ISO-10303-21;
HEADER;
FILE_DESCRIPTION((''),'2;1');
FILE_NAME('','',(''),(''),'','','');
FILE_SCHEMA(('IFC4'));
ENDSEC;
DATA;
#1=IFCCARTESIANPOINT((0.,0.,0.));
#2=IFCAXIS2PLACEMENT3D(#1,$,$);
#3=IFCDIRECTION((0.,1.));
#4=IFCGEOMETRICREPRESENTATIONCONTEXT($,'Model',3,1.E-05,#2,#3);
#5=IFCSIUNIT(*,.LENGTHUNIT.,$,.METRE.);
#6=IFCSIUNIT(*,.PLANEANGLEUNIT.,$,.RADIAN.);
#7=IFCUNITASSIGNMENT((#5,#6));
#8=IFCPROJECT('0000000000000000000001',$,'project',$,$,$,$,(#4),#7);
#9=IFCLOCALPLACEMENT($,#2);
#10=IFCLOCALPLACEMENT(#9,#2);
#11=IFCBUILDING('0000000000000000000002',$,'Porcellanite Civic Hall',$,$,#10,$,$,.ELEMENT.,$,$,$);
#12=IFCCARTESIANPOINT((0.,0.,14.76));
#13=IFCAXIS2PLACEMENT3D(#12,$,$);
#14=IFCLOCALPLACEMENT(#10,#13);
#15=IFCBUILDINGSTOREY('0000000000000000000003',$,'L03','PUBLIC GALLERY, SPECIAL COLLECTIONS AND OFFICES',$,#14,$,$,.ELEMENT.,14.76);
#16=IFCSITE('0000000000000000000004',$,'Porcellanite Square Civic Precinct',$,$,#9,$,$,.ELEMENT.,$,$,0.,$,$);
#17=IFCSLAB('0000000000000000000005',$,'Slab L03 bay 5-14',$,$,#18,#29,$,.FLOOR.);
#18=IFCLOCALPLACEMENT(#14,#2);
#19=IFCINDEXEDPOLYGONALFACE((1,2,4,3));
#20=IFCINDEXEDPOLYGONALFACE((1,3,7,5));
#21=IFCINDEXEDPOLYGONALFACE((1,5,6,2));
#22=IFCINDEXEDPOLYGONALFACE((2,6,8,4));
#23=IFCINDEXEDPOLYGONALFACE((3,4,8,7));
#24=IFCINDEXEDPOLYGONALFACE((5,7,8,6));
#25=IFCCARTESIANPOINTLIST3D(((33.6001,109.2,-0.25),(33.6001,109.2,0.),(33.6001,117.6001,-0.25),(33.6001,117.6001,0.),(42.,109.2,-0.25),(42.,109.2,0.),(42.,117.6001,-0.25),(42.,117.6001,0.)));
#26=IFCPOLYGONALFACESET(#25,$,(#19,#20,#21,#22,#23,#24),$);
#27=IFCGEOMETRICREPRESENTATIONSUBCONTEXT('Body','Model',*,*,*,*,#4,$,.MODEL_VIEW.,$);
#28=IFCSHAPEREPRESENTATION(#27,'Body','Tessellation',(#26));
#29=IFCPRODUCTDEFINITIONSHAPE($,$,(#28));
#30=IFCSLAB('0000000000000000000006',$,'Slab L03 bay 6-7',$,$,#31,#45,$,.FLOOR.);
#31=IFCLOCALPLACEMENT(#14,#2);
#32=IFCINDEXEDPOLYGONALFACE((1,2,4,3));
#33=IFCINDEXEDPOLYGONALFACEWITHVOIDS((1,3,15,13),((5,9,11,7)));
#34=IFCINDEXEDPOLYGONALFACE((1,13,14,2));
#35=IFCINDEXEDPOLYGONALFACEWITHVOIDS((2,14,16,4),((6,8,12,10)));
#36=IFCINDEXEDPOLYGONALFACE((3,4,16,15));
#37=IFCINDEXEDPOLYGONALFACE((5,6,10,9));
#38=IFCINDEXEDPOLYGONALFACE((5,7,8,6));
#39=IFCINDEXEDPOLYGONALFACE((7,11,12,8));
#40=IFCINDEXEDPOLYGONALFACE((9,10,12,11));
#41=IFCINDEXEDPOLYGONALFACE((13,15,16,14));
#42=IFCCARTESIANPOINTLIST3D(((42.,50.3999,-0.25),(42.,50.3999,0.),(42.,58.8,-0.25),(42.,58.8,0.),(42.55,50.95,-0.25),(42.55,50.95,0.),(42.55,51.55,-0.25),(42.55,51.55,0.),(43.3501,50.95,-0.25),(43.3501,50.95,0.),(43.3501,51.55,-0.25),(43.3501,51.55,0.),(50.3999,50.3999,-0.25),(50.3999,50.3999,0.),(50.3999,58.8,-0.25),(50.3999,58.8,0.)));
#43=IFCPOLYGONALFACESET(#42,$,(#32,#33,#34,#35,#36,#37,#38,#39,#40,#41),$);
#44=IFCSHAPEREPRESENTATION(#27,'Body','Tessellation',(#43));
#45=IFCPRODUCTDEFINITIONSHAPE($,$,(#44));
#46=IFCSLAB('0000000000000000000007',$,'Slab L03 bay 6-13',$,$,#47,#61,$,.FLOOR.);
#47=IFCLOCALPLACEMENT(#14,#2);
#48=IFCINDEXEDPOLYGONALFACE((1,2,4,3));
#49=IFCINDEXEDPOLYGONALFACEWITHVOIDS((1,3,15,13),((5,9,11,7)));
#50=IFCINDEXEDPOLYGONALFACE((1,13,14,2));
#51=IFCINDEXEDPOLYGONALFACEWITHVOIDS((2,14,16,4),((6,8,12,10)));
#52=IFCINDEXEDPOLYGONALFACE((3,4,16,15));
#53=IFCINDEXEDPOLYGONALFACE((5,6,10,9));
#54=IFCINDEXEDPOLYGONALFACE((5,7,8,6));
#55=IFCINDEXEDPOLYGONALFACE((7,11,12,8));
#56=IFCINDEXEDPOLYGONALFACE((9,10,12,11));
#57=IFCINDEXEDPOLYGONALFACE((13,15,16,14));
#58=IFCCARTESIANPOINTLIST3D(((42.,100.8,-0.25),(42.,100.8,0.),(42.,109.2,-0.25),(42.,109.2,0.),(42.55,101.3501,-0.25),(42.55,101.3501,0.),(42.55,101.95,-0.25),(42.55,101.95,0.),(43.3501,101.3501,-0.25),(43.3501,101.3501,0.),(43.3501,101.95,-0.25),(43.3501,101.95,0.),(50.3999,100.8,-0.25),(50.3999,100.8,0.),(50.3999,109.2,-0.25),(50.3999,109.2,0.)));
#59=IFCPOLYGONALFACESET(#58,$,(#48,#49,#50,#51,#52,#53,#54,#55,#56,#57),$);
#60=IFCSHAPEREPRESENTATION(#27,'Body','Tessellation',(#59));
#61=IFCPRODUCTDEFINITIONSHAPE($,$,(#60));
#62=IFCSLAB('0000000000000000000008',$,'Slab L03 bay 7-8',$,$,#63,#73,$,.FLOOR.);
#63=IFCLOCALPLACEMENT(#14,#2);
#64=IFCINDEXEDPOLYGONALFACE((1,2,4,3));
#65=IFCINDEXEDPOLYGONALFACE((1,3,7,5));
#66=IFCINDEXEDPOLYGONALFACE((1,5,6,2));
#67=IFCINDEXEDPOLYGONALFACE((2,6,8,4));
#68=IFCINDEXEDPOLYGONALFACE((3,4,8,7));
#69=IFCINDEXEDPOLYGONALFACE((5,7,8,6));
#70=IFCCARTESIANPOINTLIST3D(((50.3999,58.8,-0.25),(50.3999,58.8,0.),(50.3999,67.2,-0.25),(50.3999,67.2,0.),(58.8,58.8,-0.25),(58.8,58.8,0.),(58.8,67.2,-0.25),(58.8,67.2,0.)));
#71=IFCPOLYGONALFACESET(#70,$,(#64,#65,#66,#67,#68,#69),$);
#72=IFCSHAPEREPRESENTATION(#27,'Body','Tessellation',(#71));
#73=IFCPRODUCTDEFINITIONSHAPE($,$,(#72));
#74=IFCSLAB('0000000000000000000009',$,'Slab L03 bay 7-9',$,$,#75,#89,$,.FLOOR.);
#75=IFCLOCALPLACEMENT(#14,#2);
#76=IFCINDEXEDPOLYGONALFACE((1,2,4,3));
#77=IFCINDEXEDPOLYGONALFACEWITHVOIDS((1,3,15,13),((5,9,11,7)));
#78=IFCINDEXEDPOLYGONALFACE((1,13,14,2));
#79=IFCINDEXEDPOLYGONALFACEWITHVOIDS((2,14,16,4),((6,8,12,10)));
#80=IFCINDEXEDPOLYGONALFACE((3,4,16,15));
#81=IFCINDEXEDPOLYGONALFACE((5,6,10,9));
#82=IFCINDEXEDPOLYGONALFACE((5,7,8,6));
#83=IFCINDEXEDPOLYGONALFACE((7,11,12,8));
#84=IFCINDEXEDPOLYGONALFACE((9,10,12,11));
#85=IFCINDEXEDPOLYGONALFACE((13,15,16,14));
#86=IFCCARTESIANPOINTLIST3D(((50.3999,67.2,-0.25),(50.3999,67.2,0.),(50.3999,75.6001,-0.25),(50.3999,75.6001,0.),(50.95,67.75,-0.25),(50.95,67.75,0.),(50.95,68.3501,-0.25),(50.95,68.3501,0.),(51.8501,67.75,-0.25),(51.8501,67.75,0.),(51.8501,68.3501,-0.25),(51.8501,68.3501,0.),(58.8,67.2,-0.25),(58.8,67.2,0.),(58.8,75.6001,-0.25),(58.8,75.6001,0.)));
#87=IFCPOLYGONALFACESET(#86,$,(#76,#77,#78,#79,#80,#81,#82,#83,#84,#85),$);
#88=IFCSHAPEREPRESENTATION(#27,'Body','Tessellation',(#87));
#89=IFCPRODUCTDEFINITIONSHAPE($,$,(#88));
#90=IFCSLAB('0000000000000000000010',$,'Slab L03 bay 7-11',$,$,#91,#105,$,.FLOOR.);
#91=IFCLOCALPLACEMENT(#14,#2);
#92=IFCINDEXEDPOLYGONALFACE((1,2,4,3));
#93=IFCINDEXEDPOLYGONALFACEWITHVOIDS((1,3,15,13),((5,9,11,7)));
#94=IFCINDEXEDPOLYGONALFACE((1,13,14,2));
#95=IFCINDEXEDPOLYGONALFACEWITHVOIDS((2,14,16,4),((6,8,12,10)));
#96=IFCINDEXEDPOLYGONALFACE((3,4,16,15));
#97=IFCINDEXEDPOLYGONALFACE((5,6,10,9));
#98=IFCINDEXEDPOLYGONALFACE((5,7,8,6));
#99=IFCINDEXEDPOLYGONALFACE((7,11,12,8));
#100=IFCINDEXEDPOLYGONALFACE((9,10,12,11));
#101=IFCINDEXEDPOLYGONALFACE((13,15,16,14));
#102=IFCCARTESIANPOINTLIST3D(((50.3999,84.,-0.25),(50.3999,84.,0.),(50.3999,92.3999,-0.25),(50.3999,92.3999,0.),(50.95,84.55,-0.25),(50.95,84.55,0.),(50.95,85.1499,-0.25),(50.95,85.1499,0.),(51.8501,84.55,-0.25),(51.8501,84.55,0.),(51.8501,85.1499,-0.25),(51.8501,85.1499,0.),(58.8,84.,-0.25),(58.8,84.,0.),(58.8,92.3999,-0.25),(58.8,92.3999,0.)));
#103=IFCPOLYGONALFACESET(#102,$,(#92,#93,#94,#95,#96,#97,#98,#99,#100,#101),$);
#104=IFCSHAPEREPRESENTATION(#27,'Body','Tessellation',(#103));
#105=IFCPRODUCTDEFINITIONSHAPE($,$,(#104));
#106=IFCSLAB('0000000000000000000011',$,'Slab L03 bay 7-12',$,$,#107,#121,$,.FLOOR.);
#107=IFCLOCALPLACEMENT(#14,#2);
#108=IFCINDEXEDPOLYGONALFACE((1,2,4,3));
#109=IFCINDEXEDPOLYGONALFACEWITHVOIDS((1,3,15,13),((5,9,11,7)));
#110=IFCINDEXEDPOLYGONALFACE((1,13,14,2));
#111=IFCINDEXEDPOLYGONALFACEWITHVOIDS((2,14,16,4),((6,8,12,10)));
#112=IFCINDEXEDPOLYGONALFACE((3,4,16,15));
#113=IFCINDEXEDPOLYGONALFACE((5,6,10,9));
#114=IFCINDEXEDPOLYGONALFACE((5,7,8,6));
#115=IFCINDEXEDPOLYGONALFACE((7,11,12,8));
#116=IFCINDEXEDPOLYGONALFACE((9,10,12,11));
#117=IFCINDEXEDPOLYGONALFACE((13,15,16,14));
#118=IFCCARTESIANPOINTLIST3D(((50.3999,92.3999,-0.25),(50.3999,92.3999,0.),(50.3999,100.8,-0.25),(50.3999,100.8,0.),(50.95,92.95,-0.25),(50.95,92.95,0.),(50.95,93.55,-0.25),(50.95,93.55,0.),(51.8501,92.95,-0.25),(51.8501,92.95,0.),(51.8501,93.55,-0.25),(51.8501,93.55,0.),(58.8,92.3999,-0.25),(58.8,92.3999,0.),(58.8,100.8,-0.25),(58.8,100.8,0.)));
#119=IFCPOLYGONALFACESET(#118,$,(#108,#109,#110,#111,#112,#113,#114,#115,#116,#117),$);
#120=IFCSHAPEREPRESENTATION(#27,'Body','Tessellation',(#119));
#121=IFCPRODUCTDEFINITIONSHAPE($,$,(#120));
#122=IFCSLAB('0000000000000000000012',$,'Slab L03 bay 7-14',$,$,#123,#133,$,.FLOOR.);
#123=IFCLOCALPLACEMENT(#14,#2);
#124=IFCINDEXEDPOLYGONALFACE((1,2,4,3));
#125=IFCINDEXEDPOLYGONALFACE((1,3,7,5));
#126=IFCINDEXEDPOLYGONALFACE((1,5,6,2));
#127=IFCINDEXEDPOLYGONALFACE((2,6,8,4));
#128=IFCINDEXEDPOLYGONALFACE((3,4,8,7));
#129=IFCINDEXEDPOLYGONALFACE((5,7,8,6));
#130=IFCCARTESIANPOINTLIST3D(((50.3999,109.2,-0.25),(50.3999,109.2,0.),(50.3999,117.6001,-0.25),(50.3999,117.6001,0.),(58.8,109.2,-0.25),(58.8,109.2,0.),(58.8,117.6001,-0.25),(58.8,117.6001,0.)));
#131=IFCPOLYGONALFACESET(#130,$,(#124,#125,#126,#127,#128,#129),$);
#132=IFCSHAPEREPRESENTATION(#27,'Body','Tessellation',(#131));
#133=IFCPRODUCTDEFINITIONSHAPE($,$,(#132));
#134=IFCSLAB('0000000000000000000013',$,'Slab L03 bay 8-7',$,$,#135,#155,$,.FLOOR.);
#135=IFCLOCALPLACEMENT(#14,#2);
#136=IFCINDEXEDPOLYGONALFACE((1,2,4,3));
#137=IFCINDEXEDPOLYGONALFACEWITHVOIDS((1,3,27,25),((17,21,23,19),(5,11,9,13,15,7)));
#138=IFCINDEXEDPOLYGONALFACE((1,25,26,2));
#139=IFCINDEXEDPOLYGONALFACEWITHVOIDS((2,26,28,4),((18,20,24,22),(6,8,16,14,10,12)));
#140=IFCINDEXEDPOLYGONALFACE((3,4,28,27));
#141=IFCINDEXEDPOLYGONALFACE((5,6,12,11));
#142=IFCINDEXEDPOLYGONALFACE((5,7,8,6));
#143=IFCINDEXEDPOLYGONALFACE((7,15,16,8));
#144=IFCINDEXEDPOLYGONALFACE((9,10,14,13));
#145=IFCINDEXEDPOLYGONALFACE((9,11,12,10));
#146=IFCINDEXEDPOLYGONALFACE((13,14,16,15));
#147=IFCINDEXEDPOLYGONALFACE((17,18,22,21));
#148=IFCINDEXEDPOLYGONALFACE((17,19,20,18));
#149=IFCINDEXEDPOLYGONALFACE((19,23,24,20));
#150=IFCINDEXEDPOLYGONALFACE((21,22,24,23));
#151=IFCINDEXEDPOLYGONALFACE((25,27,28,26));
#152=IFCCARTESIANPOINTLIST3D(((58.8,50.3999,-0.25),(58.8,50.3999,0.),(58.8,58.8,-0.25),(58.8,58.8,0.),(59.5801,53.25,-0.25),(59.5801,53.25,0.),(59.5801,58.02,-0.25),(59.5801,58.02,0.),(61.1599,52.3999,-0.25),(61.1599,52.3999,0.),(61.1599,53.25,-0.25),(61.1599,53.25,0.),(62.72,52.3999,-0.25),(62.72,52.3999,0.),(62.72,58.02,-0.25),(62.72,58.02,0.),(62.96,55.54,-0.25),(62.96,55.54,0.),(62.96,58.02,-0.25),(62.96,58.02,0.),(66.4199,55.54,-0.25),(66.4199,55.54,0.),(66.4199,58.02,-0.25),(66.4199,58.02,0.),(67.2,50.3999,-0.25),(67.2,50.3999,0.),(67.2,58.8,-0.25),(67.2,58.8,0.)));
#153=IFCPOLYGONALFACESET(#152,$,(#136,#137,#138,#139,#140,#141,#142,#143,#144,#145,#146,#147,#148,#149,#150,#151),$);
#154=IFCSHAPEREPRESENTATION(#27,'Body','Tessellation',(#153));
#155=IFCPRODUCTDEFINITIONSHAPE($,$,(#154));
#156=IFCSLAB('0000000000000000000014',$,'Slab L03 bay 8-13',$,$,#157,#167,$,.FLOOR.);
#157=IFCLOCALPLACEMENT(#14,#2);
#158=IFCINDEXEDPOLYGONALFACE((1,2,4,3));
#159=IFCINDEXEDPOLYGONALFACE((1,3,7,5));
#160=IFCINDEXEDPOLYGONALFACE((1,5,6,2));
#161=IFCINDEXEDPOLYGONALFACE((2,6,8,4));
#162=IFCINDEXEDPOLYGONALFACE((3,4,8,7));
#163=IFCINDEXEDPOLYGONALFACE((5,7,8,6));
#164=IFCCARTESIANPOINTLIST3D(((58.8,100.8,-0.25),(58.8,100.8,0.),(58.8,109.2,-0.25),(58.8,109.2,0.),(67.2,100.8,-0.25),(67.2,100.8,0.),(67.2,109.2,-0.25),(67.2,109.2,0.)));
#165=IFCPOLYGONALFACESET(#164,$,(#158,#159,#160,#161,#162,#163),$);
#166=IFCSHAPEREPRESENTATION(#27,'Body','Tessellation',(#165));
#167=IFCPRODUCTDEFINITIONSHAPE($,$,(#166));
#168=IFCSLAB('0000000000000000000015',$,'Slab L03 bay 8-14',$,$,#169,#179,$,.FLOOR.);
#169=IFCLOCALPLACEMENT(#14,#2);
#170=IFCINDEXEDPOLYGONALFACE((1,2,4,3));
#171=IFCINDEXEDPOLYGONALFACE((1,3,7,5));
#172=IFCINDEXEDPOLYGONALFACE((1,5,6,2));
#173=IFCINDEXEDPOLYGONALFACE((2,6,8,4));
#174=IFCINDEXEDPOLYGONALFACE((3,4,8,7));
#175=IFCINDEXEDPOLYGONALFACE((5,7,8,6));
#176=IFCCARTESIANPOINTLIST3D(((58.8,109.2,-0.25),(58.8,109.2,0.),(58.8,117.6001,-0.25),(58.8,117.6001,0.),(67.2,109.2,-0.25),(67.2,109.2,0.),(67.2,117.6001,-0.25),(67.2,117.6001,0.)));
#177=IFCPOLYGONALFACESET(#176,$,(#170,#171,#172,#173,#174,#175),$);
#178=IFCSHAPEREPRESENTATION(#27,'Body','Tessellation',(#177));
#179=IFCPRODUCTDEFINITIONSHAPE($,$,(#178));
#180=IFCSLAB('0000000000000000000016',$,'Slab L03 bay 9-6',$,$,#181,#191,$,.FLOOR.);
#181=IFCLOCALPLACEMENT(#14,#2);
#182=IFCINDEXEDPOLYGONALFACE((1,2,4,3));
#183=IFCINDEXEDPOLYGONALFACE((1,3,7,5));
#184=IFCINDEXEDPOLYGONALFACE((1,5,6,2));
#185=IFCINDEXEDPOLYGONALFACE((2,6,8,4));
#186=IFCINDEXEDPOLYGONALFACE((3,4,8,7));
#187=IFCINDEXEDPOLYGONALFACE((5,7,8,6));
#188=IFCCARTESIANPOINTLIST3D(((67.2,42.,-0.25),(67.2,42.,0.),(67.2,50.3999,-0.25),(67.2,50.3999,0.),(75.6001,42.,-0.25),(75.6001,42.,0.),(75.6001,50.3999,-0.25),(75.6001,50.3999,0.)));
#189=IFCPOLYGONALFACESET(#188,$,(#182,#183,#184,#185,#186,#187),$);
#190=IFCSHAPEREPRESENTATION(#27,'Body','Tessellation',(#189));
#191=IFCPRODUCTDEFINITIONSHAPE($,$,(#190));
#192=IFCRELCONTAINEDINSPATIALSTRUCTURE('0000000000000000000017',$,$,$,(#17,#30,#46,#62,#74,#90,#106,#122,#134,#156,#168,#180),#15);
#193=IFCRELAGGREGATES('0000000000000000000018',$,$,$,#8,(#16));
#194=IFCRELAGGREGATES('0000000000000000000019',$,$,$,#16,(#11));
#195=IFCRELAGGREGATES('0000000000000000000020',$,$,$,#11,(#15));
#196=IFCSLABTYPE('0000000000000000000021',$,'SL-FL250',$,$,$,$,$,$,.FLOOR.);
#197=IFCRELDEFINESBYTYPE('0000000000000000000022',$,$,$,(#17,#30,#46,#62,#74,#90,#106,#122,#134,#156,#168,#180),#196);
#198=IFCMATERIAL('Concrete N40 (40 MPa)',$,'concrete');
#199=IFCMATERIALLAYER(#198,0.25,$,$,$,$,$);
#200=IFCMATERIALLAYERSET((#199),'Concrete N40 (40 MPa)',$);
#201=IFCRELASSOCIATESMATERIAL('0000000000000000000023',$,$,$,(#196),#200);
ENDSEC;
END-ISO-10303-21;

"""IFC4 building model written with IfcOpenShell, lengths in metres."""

from ifc_helpers import new_model, si_unit, direction, frame, origin, place, context, subcontext, project, spatial, polyline, outline, extrude, material, layer, layer_set, type_object, element, save


model = new_model("IFC4")

# Units and contexts
model_context = context("Model", 3, precision=1e-05, world=origin(), true_north=direction((0.0, 1.0)))
body_context = subcontext(model_context, "Body", "Model", "MODEL_VIEW")
ifc_project = project(units=[si_unit("LENGTHUNIT", "METRE"), si_unit("PLANEANGLEUNIT", "RADIAN")], contexts=[model_context])

# Site, building, storey
site_placement = place(None, origin())
site = spatial("IfcSite", under=ifc_project, at=site_placement, Name="Porcellanite Square Civic Precinct", CompositionType="ELEMENT", RefElevation=0.0)
building_placement = place(site_placement, origin())
building = spatial("IfcBuilding", under=site, at=building_placement, Name="Porcellanite Civic Hall", CompositionType="ELEMENT")
storey_placement = place(building_placement, frame((0.0, 0.0, 14.76)))
storey = spatial("IfcBuildingStorey", under=building, at=storey_placement, Name="L03", Description="PUBLIC GALLERY, SPECIAL COLLECTIONS AND OFFICES", CompositionType="ELEMENT", Elevation=14.76)

# Slabs
ifc_material = material(Name="Concrete N40 (40 MPa)", Category="concrete")
ifc_layer = layer(ifc_material, 0.25)
ifc_layer_set = layer_set([ifc_layer], Name="Concrete N40 (40 MPa)")
slab_type = type_object("IfcSlabType", Name="SL-FL250", PredefinedType="FLOOR", material=ifc_layer_set)
slab_1_placement = place(storey_placement, frame((0.0, 0.0, -0.25)))
element("IfcSlab", 1, at=slab_1_placement, inside=storey, type_object=slab_type, Name="Slab L03 bay 5-14", PredefinedType="FLOOR", context=body_context, shape_type="SweptSolid", body=[
    extrude(outline(polyline([(33.6001, 109.2), (42.0, 109.2), (42.0, 117.6001), (33.6001, 117.6001), (33.6001, 109.2)])), origin(), (0.0, 0.0, 1.0), 0.25),
])
slab_2_placement = place(storey_placement, frame((0.0, 0.0, -0.25)))
element("IfcSlab", 2, at=slab_2_placement, inside=storey, type_object=slab_type, Name="Slab L03 bay 6-7", PredefinedType="FLOOR", context=body_context, shape_type="SweptSolid", body=[
    extrude(outline(polyline([(42.0, 50.3999), (50.3999, 50.3999), (50.3999, 58.8), (42.0, 58.8), (42.0, 50.3999)]), holes=[polyline([(42.55, 50.95), (43.3501, 50.95), (43.3501, 51.55), (42.55, 51.55), (42.55, 50.95)])]), origin(), (0.0, 0.0, 1.0), 0.25),
])
slab_3_placement = place(storey_placement, frame((0.0, 0.0, -0.25)))
element("IfcSlab", 3, at=slab_3_placement, inside=storey, type_object=slab_type, Name="Slab L03 bay 6-13", PredefinedType="FLOOR", context=body_context, shape_type="SweptSolid", body=[
    extrude(outline(polyline([(42.0, 100.8), (50.3999, 100.8), (50.3999, 109.2), (42.0, 109.2), (42.0, 100.8)]), holes=[polyline([(42.55, 101.3501), (43.3501, 101.3501), (43.3501, 101.95), (42.55, 101.95), (42.55, 101.3501)])]), origin(), (0.0, 0.0, 1.0), 0.25),
])
slab_4_placement = place(storey_placement, frame((0.0, 0.0, -0.25)))
element("IfcSlab", 4, at=slab_4_placement, inside=storey, type_object=slab_type, Name="Slab L03 bay 7-8", PredefinedType="FLOOR", context=body_context, shape_type="SweptSolid", body=[
    extrude(outline(polyline([(50.3999, 58.8), (58.8, 58.8), (58.8, 67.2), (50.3999, 67.2), (50.3999, 58.8)])), origin(), (0.0, 0.0, 1.0), 0.25),
])
slab_5_placement = place(storey_placement, frame((0.0, 0.0, -0.25)))
element("IfcSlab", 5, at=slab_5_placement, inside=storey, type_object=slab_type, Name="Slab L03 bay 7-9", PredefinedType="FLOOR", context=body_context, shape_type="SweptSolid", body=[
    extrude(outline(polyline([(50.3999, 67.2), (58.8, 67.2), (58.8, 75.6001), (50.3999, 75.6001), (50.3999, 67.2)]), holes=[polyline([(50.95, 67.75), (51.8501, 67.75), (51.8501, 68.3501), (50.95, 68.3501), (50.95, 67.75)])]), origin(), (0.0, 0.0, 1.0), 0.25),
])
slab_6_placement = place(storey_placement, frame((0.0, 0.0, -0.25)))
element("IfcSlab", 6, at=slab_6_placement, inside=storey, type_object=slab_type, Name="Slab L03 bay 7-11", PredefinedType="FLOOR", context=body_context, shape_type="SweptSolid", body=[
    extrude(outline(polyline([(50.3999, 84.0), (58.8, 84.0), (58.8, 92.3999), (50.3999, 92.3999), (50.3999, 84.0)]), holes=[polyline([(50.95, 84.55), (51.8501, 84.55), (51.8501, 85.1499), (50.95, 85.1499), (50.95, 84.55)])]), origin(), (0.0, 0.0, 1.0), 0.25),
])
slab_7_placement = place(storey_placement, frame((0.0, 0.0, -0.25)))
element("IfcSlab", 7, at=slab_7_placement, inside=storey, type_object=slab_type, Name="Slab L03 bay 7-12", PredefinedType="FLOOR", context=body_context, shape_type="SweptSolid", body=[
    extrude(outline(polyline([(50.3999, 92.3999), (58.8, 92.3999), (58.8, 100.8), (50.3999, 100.8), (50.3999, 92.3999)]), holes=[polyline([(50.95, 92.95), (51.8501, 92.95), (51.8501, 93.55), (50.95, 93.55), (50.95, 92.95)])]), origin(), (0.0, 0.0, 1.0), 0.25),
])
slab_8_placement = place(storey_placement, frame((0.0, 0.0, -0.25)))
element("IfcSlab", 8, at=slab_8_placement, inside=storey, type_object=slab_type, Name="Slab L03 bay 7-14", PredefinedType="FLOOR", context=body_context, shape_type="SweptSolid", body=[
    extrude(outline(polyline([(50.3999, 109.2), (58.8, 109.2), (58.8, 117.6001), (50.3999, 117.6001), (50.3999, 109.2)])), origin(), (0.0, 0.0, 1.0), 0.25),
])
slab_9_placement = place(storey_placement, frame((0.0, 0.0, -0.25)))
element("IfcSlab", 9, at=slab_9_placement, inside=storey, type_object=slab_type, Name="Slab L03 bay 8-7", PredefinedType="FLOOR", context=body_context, shape_type="SweptSolid", body=[
    extrude(outline(polyline([(58.8, 50.3999), (67.2, 50.3999), (67.2, 58.8), (58.8, 58.8), (58.8, 50.3999)]), holes=[polyline([(59.5801, 53.25), (61.1599, 53.25), (61.1599, 52.3999), (62.72, 52.3999), (62.72, 58.02), (59.5801, 58.02), (59.5801, 53.25)]), polyline([(62.96, 55.54), (66.4199, 55.54), (66.4199, 58.02), (62.96, 58.02), (62.96, 55.54)])]), origin(), (0.0, 0.0, 1.0), 0.25),
])
slab_10_placement = place(storey_placement, frame((0.0, 0.0, -0.25)))
element("IfcSlab", 10, at=slab_10_placement, inside=storey, type_object=slab_type, Name="Slab L03 bay 8-13", PredefinedType="FLOOR", context=body_context, shape_type="SweptSolid", body=[
    extrude(outline(polyline([(58.8, 100.8), (67.2, 100.8), (67.2, 109.2), (58.8, 109.2), (58.8, 100.8)])), origin(), (0.0, 0.0, 1.0), 0.25),
])
slab_11_placement = place(storey_placement, frame((0.0, 0.0, -0.25)))
element("IfcSlab", 11, at=slab_11_placement, inside=storey, type_object=slab_type, Name="Slab L03 bay 8-14", PredefinedType="FLOOR", context=body_context, shape_type="SweptSolid", body=[
    extrude(outline(polyline([(58.8, 109.2), (67.2, 109.2), (67.2, 117.6001), (58.8, 117.6001), (58.8, 109.2)])), origin(), (0.0, 0.0, 1.0), 0.25),
])
slab_12_placement = place(storey_placement, frame((0.0, 0.0, -0.25)))
element("IfcSlab", 12, at=slab_12_placement, inside=storey, type_object=slab_type, Name="Slab L03 bay 9-6", PredefinedType="FLOOR", context=body_context, shape_type="SweptSolid", body=[
    extrude(outline(polyline([(67.2, 42.0), (75.6001, 42.0), (75.6001, 50.3999), (67.2, 50.3999), (67.2, 42.0)])), origin(), (0.0, 0.0, 1.0), 0.25),
])

save(model, "model.ifc")
